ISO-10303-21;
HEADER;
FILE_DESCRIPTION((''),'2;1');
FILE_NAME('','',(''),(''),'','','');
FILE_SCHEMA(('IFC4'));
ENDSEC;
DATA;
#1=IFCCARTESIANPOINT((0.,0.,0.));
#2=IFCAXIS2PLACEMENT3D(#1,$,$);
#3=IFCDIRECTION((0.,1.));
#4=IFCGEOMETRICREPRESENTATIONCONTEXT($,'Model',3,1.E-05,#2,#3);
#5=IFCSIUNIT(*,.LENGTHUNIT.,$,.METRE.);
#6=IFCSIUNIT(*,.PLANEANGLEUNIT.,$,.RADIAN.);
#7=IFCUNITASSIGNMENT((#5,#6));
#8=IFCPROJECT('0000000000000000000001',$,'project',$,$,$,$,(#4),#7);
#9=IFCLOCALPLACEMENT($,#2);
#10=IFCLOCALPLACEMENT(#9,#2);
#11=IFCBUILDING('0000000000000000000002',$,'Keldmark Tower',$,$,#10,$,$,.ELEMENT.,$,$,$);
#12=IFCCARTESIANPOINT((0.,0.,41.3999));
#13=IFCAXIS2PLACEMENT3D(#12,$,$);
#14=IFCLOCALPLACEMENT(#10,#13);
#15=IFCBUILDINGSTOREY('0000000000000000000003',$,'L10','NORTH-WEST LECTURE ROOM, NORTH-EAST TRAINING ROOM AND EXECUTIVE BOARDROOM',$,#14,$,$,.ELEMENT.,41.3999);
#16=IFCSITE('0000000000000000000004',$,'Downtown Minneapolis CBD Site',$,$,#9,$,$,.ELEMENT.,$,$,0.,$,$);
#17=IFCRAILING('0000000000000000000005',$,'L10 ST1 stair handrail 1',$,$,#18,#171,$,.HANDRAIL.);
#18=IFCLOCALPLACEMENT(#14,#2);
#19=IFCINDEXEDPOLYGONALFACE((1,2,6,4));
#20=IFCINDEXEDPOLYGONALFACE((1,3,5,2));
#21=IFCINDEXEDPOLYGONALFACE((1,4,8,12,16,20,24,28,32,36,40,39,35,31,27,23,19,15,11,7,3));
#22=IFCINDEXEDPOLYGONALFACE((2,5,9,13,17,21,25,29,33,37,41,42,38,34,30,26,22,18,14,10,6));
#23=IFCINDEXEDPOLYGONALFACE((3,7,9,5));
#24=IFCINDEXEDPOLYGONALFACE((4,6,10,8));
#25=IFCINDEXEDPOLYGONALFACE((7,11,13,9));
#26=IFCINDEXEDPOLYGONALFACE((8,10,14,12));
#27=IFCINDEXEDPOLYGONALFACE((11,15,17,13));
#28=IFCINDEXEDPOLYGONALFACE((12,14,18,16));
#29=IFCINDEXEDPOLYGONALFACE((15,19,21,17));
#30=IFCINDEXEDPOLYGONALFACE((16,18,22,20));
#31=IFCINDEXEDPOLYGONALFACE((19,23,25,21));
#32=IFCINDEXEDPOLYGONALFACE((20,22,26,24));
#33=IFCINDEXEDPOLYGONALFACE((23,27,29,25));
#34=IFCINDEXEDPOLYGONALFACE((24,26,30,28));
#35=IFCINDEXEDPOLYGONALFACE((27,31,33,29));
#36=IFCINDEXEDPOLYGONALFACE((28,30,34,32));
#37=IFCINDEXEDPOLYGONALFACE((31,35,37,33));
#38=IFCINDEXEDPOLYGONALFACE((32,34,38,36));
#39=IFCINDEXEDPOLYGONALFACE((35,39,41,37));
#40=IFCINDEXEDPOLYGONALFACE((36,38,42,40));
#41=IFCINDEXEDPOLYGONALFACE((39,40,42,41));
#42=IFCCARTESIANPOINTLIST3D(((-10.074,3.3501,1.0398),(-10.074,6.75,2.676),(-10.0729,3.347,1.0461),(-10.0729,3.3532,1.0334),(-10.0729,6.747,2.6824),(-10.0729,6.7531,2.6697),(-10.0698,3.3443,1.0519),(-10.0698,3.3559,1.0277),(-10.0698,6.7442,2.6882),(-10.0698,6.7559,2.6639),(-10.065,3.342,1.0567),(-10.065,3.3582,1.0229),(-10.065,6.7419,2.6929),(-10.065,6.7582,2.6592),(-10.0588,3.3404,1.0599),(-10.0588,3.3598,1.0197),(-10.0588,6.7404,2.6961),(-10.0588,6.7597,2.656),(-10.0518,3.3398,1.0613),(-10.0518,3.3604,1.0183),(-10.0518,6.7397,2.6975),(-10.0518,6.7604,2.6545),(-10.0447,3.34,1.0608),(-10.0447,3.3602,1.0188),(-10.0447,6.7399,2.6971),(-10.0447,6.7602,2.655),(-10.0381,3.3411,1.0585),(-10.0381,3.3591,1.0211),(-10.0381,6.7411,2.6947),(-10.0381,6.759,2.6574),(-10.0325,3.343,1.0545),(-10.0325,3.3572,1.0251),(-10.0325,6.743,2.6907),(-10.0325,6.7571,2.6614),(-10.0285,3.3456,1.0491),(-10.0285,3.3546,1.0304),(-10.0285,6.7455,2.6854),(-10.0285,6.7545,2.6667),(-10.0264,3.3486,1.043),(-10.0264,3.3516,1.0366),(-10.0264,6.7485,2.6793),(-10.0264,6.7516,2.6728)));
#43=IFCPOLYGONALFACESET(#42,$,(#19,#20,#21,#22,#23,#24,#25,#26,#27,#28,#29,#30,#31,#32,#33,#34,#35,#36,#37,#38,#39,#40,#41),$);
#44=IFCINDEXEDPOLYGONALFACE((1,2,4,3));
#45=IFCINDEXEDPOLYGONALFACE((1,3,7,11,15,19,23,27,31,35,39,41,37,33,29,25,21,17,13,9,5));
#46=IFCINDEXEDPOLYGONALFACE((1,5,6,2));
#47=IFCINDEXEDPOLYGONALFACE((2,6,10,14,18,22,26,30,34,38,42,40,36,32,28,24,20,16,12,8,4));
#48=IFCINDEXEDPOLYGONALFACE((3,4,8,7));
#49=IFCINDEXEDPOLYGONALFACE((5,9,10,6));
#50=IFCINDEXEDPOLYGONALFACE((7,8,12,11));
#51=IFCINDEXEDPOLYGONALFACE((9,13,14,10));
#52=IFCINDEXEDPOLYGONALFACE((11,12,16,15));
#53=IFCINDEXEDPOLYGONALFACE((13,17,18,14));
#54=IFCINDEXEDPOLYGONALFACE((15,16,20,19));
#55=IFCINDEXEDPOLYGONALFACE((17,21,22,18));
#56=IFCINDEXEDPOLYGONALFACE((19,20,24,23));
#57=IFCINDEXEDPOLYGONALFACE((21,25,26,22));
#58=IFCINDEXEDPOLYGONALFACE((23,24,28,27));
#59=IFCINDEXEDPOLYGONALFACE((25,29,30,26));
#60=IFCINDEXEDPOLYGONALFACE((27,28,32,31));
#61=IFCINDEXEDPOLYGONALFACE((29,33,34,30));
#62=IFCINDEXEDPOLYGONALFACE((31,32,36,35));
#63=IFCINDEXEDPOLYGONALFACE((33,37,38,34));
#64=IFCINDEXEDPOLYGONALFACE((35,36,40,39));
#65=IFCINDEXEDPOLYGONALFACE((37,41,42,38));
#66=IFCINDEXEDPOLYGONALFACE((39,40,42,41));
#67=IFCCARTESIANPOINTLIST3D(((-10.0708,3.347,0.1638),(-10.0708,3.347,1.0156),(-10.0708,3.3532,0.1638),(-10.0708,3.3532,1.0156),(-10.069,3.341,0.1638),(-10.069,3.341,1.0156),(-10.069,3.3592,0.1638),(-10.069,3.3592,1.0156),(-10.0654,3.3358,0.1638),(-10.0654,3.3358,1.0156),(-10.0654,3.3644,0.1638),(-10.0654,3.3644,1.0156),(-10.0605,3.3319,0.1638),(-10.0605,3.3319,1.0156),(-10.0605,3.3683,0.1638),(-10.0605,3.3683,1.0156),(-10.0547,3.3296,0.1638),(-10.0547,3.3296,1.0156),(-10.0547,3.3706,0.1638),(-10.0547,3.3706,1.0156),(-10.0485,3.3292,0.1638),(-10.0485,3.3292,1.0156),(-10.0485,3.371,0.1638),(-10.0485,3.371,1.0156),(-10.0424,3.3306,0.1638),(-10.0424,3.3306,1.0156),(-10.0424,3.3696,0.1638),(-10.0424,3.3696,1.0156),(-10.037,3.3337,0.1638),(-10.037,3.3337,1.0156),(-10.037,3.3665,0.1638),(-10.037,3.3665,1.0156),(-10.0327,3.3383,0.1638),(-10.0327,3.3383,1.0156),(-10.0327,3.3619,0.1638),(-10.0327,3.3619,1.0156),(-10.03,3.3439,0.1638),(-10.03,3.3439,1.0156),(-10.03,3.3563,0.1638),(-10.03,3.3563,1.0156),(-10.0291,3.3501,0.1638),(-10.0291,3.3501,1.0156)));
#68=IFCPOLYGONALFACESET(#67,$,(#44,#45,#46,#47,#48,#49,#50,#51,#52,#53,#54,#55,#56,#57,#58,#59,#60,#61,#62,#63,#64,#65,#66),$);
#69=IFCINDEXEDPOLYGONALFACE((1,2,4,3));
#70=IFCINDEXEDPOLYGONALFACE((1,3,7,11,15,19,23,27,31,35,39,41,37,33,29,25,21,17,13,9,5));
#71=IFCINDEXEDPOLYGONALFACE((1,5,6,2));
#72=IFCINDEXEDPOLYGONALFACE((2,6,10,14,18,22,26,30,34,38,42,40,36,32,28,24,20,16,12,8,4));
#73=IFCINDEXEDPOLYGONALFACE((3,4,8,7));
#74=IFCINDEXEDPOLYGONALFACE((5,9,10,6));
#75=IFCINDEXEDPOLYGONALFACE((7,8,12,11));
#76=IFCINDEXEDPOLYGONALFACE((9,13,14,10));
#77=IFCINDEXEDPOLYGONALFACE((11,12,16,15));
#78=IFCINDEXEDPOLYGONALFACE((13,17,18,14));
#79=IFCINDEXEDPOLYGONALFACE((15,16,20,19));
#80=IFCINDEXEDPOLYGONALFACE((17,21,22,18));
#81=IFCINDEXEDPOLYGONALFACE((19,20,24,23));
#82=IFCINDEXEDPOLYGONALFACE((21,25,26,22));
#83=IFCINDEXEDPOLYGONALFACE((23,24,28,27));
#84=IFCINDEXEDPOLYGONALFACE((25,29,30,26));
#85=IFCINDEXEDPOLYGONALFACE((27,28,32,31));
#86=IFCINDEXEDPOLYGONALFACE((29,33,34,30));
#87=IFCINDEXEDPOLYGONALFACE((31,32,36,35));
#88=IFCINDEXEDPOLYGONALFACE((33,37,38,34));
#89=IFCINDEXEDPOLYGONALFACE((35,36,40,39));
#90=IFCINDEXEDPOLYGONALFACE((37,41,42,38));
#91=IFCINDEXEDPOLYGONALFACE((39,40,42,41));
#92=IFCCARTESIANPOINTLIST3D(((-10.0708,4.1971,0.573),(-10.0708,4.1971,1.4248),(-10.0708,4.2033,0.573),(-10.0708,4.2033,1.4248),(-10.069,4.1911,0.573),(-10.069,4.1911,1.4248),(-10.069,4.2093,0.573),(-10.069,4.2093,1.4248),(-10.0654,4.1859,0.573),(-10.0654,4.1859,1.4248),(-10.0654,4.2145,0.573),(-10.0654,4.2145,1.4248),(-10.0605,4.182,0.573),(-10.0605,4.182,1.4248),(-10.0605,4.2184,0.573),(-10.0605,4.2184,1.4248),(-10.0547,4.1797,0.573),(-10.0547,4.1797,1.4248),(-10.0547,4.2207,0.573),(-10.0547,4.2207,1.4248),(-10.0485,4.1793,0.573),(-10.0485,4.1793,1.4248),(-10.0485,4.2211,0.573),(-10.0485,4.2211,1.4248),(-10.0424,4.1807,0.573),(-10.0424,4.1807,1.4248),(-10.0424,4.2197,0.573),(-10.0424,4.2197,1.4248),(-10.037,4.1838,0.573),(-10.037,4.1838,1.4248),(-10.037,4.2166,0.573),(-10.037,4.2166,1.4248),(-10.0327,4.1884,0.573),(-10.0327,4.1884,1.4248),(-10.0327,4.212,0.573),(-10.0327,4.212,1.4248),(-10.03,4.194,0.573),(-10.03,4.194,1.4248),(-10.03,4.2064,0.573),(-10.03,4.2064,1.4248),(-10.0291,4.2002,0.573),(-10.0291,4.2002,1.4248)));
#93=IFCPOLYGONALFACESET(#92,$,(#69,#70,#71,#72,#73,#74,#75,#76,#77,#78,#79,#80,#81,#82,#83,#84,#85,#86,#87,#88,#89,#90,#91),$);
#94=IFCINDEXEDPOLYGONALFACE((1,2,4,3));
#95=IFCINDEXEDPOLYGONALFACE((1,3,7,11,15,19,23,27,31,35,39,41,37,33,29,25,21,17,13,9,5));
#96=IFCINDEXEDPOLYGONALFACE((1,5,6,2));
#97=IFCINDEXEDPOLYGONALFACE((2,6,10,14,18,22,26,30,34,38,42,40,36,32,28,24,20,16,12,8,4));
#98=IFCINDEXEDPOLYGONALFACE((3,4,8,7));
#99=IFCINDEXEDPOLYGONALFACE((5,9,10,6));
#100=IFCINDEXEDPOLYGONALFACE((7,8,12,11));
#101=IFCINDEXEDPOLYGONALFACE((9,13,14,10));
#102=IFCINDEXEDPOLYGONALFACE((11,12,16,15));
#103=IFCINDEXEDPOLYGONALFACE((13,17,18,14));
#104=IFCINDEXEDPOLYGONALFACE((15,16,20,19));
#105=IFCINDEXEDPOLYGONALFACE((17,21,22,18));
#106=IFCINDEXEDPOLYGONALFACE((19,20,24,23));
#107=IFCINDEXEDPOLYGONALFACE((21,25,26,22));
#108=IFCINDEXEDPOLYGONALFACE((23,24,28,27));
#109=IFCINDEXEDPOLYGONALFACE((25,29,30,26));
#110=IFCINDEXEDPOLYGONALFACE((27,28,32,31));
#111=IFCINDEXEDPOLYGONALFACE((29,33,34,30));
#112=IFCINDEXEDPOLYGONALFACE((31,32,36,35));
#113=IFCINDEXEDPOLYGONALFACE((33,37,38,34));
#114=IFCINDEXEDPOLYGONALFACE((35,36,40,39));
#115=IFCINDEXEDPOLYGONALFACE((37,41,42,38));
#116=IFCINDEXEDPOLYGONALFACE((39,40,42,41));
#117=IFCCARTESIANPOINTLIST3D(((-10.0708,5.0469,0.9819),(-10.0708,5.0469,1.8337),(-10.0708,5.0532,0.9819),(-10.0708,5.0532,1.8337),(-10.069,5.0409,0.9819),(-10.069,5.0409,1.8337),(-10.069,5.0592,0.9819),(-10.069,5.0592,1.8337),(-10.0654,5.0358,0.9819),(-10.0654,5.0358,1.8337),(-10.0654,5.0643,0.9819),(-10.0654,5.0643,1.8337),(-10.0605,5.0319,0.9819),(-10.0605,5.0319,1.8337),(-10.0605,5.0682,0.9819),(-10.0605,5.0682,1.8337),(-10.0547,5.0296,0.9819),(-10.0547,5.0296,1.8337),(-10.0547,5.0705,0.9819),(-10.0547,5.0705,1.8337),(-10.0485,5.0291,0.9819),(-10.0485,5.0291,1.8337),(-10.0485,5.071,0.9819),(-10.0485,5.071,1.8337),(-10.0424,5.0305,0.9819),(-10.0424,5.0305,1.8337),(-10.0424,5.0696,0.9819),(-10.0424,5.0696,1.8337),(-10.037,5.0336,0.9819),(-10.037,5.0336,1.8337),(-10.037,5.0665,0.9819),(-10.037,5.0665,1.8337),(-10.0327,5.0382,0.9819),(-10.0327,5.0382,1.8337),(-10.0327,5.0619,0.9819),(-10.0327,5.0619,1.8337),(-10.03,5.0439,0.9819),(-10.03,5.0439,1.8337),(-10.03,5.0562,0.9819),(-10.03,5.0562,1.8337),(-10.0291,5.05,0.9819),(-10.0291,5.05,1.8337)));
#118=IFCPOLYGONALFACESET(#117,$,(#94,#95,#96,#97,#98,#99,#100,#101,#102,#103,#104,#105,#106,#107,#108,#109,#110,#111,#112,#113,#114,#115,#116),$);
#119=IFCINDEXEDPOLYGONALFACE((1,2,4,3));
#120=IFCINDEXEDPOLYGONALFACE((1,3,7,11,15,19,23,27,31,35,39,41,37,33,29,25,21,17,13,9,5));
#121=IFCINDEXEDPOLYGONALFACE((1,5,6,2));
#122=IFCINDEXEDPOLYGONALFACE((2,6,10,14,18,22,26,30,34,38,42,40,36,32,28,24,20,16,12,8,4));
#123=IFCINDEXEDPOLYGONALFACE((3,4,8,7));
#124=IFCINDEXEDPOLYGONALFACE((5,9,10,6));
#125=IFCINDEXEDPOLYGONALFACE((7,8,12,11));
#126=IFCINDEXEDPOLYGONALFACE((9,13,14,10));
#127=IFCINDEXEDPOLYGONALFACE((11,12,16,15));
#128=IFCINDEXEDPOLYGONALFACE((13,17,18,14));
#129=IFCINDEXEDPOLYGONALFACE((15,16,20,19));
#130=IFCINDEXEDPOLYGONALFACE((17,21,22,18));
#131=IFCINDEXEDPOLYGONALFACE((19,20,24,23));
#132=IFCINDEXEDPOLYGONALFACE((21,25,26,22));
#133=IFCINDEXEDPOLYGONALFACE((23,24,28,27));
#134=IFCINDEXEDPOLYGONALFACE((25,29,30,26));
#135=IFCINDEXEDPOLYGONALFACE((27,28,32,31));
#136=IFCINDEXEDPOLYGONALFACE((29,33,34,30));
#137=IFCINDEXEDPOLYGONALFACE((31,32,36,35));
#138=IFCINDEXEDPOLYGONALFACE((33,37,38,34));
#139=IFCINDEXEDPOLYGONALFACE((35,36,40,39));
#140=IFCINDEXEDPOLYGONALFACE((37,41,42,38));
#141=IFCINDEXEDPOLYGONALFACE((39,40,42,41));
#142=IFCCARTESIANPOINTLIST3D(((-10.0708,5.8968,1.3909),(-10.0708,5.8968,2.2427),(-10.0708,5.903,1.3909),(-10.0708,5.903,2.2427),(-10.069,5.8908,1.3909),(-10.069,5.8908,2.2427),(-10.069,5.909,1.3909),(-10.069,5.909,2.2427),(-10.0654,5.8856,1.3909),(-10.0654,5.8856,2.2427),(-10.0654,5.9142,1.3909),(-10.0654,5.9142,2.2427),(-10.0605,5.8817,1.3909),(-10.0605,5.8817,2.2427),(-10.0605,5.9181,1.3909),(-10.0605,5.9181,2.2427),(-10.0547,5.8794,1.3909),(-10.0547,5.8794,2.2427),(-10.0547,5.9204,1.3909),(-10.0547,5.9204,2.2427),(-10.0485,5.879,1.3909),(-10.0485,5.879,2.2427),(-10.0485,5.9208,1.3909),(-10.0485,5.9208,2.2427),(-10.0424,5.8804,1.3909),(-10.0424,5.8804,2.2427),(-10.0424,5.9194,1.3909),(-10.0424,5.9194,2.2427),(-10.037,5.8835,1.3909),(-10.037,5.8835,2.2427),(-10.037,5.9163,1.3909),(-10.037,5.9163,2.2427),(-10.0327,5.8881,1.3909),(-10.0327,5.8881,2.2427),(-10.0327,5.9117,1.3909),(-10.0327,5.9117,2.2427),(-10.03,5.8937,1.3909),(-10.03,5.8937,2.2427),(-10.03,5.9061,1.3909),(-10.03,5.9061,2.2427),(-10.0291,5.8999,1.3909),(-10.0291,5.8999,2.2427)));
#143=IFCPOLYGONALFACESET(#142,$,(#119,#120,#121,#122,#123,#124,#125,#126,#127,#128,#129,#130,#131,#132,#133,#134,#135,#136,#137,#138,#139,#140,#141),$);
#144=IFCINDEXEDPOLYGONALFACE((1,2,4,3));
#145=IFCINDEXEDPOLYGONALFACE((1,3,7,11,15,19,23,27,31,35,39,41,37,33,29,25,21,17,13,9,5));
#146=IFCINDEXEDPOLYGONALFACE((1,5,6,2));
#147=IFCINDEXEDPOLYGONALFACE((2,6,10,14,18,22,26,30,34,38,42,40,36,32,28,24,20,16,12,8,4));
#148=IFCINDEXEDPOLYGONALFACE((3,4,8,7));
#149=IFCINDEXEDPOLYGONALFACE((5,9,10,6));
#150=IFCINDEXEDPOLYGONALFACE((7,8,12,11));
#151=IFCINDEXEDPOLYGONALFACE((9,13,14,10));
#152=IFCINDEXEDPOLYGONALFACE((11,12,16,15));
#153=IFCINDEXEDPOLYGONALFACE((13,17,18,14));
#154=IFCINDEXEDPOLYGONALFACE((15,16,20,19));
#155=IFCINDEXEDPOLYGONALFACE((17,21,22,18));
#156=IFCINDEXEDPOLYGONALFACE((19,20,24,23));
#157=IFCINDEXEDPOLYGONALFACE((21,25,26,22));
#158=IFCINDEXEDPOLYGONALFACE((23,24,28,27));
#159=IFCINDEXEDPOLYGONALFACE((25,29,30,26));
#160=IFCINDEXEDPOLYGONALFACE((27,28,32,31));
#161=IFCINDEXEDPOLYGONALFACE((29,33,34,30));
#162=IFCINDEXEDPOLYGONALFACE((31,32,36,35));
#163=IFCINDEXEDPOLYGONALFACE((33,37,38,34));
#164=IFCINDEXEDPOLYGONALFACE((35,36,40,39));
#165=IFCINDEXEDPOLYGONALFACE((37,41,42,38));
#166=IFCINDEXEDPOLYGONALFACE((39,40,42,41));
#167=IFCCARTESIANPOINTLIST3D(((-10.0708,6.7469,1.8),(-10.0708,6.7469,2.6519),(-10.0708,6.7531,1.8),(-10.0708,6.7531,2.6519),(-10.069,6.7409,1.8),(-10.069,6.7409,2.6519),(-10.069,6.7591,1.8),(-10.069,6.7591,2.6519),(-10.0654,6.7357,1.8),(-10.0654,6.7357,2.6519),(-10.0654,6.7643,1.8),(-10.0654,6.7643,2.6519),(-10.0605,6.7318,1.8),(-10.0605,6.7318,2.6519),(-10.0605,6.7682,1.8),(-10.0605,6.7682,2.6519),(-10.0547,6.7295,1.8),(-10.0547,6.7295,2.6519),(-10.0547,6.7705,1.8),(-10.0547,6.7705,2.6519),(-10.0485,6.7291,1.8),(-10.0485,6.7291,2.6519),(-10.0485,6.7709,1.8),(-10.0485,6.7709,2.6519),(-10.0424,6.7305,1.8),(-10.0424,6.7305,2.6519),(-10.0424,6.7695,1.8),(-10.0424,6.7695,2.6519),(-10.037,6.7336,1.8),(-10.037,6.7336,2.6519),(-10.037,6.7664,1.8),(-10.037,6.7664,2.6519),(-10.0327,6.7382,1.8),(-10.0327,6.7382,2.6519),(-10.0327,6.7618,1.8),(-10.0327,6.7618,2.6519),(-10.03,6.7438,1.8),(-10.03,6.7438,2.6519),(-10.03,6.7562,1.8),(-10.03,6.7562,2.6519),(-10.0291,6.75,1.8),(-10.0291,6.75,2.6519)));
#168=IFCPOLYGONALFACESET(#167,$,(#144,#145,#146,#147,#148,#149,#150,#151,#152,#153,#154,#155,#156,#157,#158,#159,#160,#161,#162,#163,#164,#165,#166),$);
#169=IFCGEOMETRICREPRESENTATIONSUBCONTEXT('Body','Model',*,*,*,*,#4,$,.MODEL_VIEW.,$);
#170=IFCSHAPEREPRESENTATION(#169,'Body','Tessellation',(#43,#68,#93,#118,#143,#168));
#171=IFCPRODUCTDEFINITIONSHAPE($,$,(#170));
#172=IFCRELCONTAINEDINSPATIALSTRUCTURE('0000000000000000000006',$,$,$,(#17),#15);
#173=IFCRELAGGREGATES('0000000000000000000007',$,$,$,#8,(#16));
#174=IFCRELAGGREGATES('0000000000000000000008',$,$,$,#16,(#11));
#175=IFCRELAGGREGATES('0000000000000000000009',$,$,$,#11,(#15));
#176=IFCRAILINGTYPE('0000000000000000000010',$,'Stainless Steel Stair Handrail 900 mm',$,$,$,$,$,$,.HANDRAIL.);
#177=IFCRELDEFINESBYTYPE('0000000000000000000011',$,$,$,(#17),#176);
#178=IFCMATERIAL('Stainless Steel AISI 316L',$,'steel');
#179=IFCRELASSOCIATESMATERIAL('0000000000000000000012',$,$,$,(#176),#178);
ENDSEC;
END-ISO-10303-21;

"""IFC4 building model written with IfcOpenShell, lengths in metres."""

from ifc_helpers import new_model, si_unit, direction, frame, origin, origin_2d, place, context, subcontext, project, spatial, circle, extrude, material, type_object, element, save


model = new_model("IFC4")

# Units and contexts
model_context = context("Model", 3, precision=1e-05, world=origin(), true_north=direction((0.0, 1.0)))
body_context = subcontext(model_context, "Body", "Model", "MODEL_VIEW")
ifc_project = project(units=[si_unit("LENGTHUNIT", "METRE"), si_unit("PLANEANGLEUNIT", "RADIAN")], contexts=[model_context])

# Site, building, storey
site_placement = place(None, origin())
site = spatial("IfcSite", under=ifc_project, at=site_placement, Name="Downtown Minneapolis CBD Site", CompositionType="ELEMENT", RefElevation=0.0)
building_placement = place(site_placement, origin())
building = spatial("IfcBuilding", under=site, at=building_placement, Name="Keldmark Tower", CompositionType="ELEMENT")
storey_placement = place(building_placement, frame((0.0, 0.0, 41.3999)))
storey = spatial("IfcBuildingStorey", under=building, at=storey_placement, Name="L10", Description="NORTH-WEST LECTURE ROOM, NORTH-EAST TRAINING ROOM AND EXECUTIVE BOARDROOM", CompositionType="ELEMENT", Elevation=41.3999)

# Railing
ifc_material_1 = material(Name="Stainless Steel AISI 316L", Category="steel")
railing_type_1 = type_object("IfcRailingType", Name="Stainless Steel Stair Handrail 900 mm", PredefinedType="HANDRAIL", material=ifc_material_1)
railing_1_placement = place(storey_placement, frame((-10.05, 3.3501, 0.1638)))
element("IfcRailing", 1, at=railing_1_placement, inside=storey, type_object=railing_type_1, Name="L10 ST1 stair handrail 1", PredefinedType="HANDRAIL", context=body_context, shape_type="SweptSolid", body=[
    extrude(circle(Radius=0.0239, at=origin_2d()), frame((0.0, 0.0, 0.876), z_axis=(0.0, 0.90108, 0.433652), x_axis=(-1.0, 0.0, 0.0)), (0.0, 0.0, 1.0), 3.7732),
    extrude(circle(Radius=0.021, at=origin_2d()), origin(), (0.0, 0.0, 1.0), 0.8518),
    extrude(circle(Radius=0.021, at=origin_2d()), frame((0.0, 0.8501, 0.4092)), (0.0, 0.0, 1.0), 0.8518),
    extrude(circle(Radius=0.021, at=origin_2d()), frame((0.0, 1.7, 0.8181)), (0.0, 0.0, 1.0), 0.8518),
    extrude(circle(Radius=0.021, at=origin_2d()), frame((0.0, 2.5498, 1.2271)), (0.0, 0.0, 1.0), 0.8518),
    extrude(circle(Radius=0.021, at=origin_2d()), frame((0.0, 3.3999, 1.6362)), (0.0, 0.0, 1.0), 0.8518),
])

save(model, "model.ifc")
